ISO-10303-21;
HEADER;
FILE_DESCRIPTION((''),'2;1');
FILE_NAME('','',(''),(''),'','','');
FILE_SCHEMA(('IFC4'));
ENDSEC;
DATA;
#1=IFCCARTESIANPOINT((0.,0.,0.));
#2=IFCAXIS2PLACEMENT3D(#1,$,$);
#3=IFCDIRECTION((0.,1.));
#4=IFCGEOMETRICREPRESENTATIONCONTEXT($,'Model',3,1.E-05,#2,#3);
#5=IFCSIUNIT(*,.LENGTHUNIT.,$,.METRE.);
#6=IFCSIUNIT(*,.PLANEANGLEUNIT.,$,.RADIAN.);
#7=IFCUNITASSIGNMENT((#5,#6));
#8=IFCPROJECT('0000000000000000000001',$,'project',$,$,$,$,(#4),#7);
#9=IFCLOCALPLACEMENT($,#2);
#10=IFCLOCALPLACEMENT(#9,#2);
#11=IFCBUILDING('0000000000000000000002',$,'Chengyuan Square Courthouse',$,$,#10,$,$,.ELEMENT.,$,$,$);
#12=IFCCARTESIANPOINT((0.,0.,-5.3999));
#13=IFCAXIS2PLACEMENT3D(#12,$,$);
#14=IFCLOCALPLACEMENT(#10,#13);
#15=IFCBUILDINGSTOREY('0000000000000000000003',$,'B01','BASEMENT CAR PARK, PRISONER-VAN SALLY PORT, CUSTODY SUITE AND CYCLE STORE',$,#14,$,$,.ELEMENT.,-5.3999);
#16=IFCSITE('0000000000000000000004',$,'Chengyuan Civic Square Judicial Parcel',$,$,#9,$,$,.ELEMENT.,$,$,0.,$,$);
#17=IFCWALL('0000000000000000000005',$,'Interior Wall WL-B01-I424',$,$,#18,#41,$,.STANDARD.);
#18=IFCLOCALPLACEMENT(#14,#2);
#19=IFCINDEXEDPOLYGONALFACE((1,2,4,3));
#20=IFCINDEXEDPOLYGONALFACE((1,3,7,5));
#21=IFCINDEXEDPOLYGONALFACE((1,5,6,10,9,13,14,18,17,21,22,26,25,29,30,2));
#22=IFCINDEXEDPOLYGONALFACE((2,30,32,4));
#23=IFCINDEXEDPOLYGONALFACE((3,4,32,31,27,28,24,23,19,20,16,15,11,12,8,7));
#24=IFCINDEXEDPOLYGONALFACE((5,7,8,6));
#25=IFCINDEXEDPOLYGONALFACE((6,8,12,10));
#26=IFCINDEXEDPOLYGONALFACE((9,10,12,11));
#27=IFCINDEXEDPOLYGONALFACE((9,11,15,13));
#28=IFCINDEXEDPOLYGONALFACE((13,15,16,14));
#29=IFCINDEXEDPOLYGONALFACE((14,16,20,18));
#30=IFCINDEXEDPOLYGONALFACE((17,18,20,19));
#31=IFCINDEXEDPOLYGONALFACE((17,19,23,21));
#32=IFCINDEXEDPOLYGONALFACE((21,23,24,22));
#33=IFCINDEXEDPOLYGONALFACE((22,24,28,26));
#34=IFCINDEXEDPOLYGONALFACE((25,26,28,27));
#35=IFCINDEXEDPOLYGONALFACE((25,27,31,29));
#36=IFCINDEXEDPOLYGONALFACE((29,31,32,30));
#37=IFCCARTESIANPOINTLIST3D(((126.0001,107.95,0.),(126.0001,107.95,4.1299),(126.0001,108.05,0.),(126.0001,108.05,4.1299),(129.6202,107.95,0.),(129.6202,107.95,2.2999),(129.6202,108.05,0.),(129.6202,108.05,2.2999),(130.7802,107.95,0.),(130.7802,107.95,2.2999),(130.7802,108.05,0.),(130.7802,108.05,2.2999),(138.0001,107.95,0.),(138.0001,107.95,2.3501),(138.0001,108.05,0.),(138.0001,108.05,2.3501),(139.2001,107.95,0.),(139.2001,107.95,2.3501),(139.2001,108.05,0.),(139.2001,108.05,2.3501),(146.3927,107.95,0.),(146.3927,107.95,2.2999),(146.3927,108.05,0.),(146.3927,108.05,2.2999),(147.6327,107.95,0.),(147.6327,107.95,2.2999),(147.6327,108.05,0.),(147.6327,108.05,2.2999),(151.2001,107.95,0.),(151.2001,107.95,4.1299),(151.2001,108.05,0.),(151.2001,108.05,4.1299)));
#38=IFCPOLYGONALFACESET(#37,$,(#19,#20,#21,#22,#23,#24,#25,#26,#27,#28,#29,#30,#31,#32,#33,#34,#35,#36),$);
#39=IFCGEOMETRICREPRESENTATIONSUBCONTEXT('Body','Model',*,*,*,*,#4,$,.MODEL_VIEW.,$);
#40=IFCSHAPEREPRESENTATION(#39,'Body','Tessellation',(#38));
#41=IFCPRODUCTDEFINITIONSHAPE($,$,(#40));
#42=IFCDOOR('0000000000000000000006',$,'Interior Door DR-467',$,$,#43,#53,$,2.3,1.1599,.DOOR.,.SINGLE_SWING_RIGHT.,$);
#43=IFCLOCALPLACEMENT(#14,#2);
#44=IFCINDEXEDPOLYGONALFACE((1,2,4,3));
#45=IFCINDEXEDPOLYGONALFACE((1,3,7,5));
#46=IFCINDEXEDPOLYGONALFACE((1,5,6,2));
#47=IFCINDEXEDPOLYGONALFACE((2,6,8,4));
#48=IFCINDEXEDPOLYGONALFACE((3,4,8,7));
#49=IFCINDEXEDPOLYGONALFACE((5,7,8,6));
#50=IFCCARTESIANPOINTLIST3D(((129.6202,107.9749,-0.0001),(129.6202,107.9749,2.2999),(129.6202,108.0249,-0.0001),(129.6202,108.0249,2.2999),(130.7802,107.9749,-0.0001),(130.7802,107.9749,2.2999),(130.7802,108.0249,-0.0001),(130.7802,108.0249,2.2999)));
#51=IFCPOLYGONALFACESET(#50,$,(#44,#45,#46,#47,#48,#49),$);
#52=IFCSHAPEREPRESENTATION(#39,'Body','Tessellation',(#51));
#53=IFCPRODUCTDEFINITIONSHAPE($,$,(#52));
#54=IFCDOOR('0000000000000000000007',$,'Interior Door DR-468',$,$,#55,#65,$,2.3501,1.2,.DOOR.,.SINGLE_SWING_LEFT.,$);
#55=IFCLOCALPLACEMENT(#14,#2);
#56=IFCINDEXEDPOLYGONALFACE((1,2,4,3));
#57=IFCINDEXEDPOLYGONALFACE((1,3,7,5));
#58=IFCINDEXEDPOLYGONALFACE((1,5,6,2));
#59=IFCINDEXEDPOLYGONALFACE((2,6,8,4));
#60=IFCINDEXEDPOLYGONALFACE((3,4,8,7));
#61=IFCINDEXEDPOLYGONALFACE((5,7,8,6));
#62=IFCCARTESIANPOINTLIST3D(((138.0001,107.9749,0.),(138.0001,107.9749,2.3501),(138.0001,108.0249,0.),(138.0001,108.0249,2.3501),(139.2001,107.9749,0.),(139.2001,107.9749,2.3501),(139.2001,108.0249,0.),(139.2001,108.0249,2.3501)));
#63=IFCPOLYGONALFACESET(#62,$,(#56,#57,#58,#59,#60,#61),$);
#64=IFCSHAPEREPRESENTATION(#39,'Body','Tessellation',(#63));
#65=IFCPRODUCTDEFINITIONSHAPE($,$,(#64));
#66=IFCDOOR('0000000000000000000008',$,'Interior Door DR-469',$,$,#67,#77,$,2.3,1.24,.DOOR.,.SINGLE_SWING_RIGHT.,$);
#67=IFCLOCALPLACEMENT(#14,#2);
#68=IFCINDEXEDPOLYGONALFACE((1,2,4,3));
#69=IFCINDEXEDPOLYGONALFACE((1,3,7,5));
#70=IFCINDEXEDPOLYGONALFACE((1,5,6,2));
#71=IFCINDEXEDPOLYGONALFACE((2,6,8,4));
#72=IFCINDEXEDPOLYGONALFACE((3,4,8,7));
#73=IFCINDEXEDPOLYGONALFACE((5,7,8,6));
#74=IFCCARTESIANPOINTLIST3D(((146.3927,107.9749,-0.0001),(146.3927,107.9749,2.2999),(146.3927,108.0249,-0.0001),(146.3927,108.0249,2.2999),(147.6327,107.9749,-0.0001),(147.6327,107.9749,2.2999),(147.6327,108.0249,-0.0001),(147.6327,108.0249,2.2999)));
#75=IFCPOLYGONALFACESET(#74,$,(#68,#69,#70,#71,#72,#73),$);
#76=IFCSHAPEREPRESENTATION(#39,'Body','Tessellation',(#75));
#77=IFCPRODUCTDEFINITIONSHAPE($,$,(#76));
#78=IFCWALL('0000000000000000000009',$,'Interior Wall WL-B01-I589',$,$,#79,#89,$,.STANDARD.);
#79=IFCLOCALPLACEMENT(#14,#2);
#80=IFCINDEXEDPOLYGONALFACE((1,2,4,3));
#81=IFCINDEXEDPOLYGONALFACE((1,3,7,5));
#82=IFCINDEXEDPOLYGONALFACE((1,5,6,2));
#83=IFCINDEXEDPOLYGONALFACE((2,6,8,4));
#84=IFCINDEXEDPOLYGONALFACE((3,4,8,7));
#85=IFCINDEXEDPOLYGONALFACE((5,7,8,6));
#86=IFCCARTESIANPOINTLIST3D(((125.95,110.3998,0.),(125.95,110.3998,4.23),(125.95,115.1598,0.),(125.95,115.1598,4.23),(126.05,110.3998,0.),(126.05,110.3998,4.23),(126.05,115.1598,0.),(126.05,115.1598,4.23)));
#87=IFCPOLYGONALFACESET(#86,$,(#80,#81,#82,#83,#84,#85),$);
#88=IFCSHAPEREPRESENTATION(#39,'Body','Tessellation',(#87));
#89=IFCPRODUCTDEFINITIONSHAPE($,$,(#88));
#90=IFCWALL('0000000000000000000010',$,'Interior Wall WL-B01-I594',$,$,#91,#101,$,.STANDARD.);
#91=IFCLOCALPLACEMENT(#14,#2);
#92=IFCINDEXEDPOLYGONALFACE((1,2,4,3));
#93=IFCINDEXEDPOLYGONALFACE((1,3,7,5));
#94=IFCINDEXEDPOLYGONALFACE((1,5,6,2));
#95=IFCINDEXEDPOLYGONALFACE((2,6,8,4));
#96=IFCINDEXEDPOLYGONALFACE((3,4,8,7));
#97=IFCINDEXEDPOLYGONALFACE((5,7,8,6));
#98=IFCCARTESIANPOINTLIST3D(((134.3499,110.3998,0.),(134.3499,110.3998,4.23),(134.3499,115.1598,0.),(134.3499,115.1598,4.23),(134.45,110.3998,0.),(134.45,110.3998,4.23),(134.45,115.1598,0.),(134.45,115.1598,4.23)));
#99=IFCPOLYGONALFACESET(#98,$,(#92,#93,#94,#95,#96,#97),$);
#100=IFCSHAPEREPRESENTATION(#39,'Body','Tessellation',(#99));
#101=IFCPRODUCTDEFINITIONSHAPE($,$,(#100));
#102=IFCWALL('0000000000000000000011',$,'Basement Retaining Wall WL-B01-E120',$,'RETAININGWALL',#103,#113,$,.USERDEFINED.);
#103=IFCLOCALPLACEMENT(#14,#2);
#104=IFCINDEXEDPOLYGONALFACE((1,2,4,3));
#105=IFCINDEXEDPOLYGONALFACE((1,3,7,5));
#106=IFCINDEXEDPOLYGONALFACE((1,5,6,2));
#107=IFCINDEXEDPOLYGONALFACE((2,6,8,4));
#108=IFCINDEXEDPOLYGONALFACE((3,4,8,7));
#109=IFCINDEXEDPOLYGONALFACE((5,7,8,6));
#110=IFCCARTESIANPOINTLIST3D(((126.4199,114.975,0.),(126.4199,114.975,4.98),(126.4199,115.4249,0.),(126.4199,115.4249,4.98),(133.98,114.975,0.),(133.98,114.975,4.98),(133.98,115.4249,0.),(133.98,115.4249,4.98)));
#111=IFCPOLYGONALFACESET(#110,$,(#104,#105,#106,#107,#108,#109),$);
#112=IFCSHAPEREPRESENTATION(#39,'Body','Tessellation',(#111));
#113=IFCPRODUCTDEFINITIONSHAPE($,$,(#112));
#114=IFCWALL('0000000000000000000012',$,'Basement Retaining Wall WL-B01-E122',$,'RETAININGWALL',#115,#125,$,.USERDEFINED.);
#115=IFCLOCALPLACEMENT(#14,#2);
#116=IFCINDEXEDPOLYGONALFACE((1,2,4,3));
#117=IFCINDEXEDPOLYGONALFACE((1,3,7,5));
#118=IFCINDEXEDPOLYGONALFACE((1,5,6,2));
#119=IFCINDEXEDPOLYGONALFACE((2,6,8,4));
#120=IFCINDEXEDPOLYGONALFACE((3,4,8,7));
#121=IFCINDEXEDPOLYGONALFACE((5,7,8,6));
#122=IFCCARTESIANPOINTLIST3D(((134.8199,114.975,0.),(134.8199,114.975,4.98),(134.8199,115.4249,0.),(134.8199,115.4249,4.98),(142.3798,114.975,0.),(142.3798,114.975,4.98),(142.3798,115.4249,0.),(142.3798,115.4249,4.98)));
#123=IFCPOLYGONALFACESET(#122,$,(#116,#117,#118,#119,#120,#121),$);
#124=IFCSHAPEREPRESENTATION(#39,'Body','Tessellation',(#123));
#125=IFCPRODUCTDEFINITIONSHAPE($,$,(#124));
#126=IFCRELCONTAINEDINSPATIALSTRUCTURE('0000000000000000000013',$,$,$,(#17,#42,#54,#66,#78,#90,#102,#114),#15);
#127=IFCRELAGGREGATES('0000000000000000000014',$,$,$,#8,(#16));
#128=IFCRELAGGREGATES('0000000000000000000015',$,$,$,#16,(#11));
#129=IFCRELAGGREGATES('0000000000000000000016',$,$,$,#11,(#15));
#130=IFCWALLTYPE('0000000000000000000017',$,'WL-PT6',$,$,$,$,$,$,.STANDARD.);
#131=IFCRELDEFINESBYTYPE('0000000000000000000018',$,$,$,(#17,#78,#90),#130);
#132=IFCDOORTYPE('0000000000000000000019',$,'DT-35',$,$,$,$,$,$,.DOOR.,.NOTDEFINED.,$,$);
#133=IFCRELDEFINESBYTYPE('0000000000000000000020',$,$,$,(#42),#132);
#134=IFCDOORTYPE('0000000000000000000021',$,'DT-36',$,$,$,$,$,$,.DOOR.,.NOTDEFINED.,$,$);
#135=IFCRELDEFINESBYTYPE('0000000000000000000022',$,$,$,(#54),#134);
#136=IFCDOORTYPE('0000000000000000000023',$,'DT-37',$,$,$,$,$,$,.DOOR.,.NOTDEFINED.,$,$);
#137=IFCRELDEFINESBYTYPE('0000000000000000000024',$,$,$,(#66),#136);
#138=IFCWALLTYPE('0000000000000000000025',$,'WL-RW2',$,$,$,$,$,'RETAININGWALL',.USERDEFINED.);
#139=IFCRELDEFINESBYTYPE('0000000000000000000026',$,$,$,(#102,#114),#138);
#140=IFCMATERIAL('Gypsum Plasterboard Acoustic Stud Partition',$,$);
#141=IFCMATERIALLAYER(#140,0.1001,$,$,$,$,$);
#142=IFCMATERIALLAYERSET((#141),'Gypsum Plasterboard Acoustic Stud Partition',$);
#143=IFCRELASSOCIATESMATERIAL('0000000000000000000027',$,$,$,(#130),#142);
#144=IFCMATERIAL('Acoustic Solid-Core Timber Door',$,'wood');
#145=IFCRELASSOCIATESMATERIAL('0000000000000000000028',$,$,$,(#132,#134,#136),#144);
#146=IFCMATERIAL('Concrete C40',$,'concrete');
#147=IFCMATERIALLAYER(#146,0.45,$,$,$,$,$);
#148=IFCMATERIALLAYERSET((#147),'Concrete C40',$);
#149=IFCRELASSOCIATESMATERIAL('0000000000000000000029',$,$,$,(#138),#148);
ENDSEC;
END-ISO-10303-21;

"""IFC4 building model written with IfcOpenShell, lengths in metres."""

from ifc_helpers import new_model, si_unit, direction, frame, frame_2d, origin, place, context, subcontext, project, spatial, rectangle, extrude, material, layer, layer_set, type_object, element, fill, save


model = new_model("IFC4")

# Units and contexts
model_context = context("Model", 3, precision=1e-05, world=origin(), true_north=direction((0.0, 1.0)))
body_context = subcontext(model_context, "Body", "Model", "MODEL_VIEW")
ifc_project = project(units=[si_unit("LENGTHUNIT", "METRE"), si_unit("PLANEANGLEUNIT", "RADIAN")], contexts=[model_context])

# Site, building, storey
site_placement = place(None, origin())
site = spatial("IfcSite", under=ifc_project, at=site_placement, Name="Chengyuan Civic Square Judicial Parcel", CompositionType="ELEMENT", RefElevation=0.0)
building_placement = place(site_placement, origin())
building = spatial("IfcBuilding", under=site, at=building_placement, Name="Chengyuan Square Courthouse", CompositionType="ELEMENT")
storey_placement = place(building_placement, frame((0.0, 0.0, -5.3999)))
storey = spatial("IfcBuildingStorey", under=building, at=storey_placement, Name="B01", Description="BASEMENT CAR PARK, PRISONER-VAN SALLY PORT, CUSTODY SUITE AND CYCLE STORE", CompositionType="ELEMENT", Elevation=-5.3999)

# Shared definitions
ifc_material_1 = material(Name="Concrete C40", Category="concrete")

# Wall, openings, doors
ifc_material_2 = material(Name="Gypsum Plasterboard Acoustic Stud Partition")
ifc_layer_1 = layer(ifc_material_2, 0.1001)
ifc_layer_set_1 = layer_set([ifc_layer_1], Name="Gypsum Plasterboard Acoustic Stud Partition")
wall_type_1 = type_object("IfcWallType", Name="WL-PT6", PredefinedType="STANDARD", material=ifc_layer_set_1)
wall_1_placement = place(storey_placement, frame((126.0, 108.0, 0.0), z_axis=(0.0, 0.0, 1.0), x_axis=(1.0, 0.0, 0.0)))
wall_1 = element("IfcWall", 1, at=wall_1_placement, inside=storey, type_object=wall_type_1, Name="Interior Wall WL-B01-I424", PredefinedType="STANDARD", context=body_context, shape_type="SweptSolid", body=[
    extrude(rectangle(XDim=25.2, YDim=0.1001, at=frame_2d((12.6001, 0.0))), origin(), (0.0, 0.0, 1.0), 4.1299),
])
opening_1_placement = place(wall_1_placement, frame((3.6201, 0.0, 0.0)))
opening_1 = element("IfcOpeningElement", 2, at=opening_1_placement, cuts=wall_1, PredefinedType="OPENING", context=body_context, shape_type="SweptSolid", body=[
    extrude(rectangle(XDim=1.1599, YDim=2.3, at=frame_2d((0.5801, 1.1499))), frame((0.0, 0.062, 0.0), z_axis=(0.0, -1.0, 0.0), x_axis=(1.0, 0.0, 0.0)), (0.0, 0.0, 1.0), 0.124),
])
opening_2_placement = place(wall_1_placement, frame((12.0, 0.0, 0.0)))
opening_2 = element("IfcOpeningElement", 3, at=opening_2_placement, cuts=wall_1, PredefinedType="OPENING", context=body_context, shape_type="SweptSolid", body=[
    extrude(rectangle(XDim=1.2, YDim=2.3501, at=frame_2d((0.6001, 1.175))), frame((0.0, 0.062, 0.0), z_axis=(0.0, -1.0, 0.0), x_axis=(1.0, 0.0, 0.0)), (0.0, 0.0, 1.0), 0.124),
])
opening_3_placement = place(wall_1_placement, frame((20.3926, 0.0, 0.0)))
opening_3 = element("IfcOpeningElement", 4, at=opening_3_placement, cuts=wall_1, PredefinedType="OPENING", context=body_context, shape_type="SweptSolid", body=[
    extrude(rectangle(XDim=1.24, YDim=2.3, at=frame_2d((0.6201, 1.1499))), frame((0.0, 0.062, 0.0), z_axis=(0.0, -1.0, 0.0), x_axis=(1.0, 0.0, 0.0)), (0.0, 0.0, 1.0), 0.124),
])
ifc_material_3 = material(Name="Acoustic Solid-Core Timber Door", Category="wood")
door_type_1 = type_object("IfcDoorType", Name="DT-35", OperationType="NOTDEFINED", PredefinedType="DOOR", material=ifc_material_3)
door_1_placement = place(opening_1_placement, origin())
door_1 = element("IfcDoor", 5, at=door_1_placement, inside=storey, type_object=door_type_1, Name="Interior Door DR-467", OperationType="SINGLE_SWING_RIGHT", OverallHeight=2.3, OverallWidth=1.1599, PredefinedType="DOOR", context=body_context, shape_type="SweptSolid", body=[
    extrude(rectangle(XDim=1.1599, YDim=2.3, at=frame_2d((0.5801, 1.1499))), frame((0.0, 0.0249, 0.0), z_axis=(0.0, -1.0, 0.0), x_axis=(1.0, 0.0, 0.0)), (0.0, 0.0, 1.0), 0.05),
])
fill(opening_1, door_1)
door_type_2 = type_object("IfcDoorType", Name="DT-36", OperationType="NOTDEFINED", PredefinedType="DOOR", material=ifc_material_3)
door_2_placement = place(opening_2_placement, origin())
door_2 = element("IfcDoor", 6, at=door_2_placement, inside=storey, type_object=door_type_2, Name="Interior Door DR-468", OperationType="SINGLE_SWING_LEFT", OverallHeight=2.3501, OverallWidth=1.2, PredefinedType="DOOR", context=body_context, shape_type="SweptSolid", body=[
    extrude(rectangle(XDim=1.2, YDim=2.3501, at=frame_2d((0.6001, 1.175))), frame((0.0, 0.0249, 0.0), z_axis=(0.0, -1.0, 0.0), x_axis=(1.0, 0.0, 0.0)), (0.0, 0.0, 1.0), 0.05),
])
fill(opening_2, door_2)
door_type_3 = type_object("IfcDoorType", Name="DT-37", OperationType="NOTDEFINED", PredefinedType="DOOR", material=ifc_material_3)
door_3_placement = place(opening_3_placement, origin())
door_3 = element("IfcDoor", 7, at=door_3_placement, inside=storey, type_object=door_type_3, Name="Interior Door DR-469", OperationType="SINGLE_SWING_RIGHT", OverallHeight=2.3, OverallWidth=1.24, PredefinedType="DOOR", context=body_context, shape_type="SweptSolid", body=[
    extrude(rectangle(XDim=1.24, YDim=2.3, at=frame_2d((0.6201, 1.1499))), frame((0.0, 0.0249, 0.0), z_axis=(0.0, -1.0, 0.0), x_axis=(1.0, 0.0, 0.0)), (0.0, 0.0, 1.0), 0.05),
])
fill(opening_3, door_3)

# Walls
for number, where, z_axis, x_axis, name in (
    (8, (126.0, 110.3999, 0.0), (0.0, 0.0, 1.0), (0.0, 1.0, 0.0), "Interior Wall WL-B01-I589"),
    (9, (134.3999, 110.3999, 0.0), (0.0, 0.0, 1.0), (0.0, 1.0, 0.0), "Interior Wall WL-B01-I594"),
):
    element("IfcWall", number, at=place(storey_placement, frame(where, z_axis=z_axis, x_axis=x_axis)), inside=storey, type_object=wall_type_1, Name=name, PredefinedType="STANDARD", context=body_context, shape_type="SweptSolid", body=[
        extrude(rectangle(XDim=4.76, YDim=0.1001, at=frame_2d((2.3799, 0.0))), origin(), (0.0, 0.0, 1.0), 4.23),
    ])
ifc_layer_2 = layer(ifc_material_1, 0.45)
ifc_layer_set_2 = layer_set([ifc_layer_2], Name="Concrete C40")
wall_type_2 = type_object("IfcWallType", Name="WL-RW2", ElementType="RETAININGWALL", PredefinedType="USERDEFINED", material=ifc_layer_set_2)
wall_2_placement = place(storey_placement, frame((126.4199, 115.2, 0.0), z_axis=(0.0, 0.0, 1.0), x_axis=(1.0, 0.0, 0.0)))
element("IfcWall", 10, at=wall_2_placement, inside=storey, type_object=wall_type_2, Name="Basement Retaining Wall WL-B01-E120", ObjectType="RETAININGWALL", PredefinedType="USERDEFINED", context=body_context, shape_type="SweptSolid", body=[
    extrude(rectangle(XDim=7.5601, YDim=0.45, at=frame_2d((3.78, 0.0))), origin(), (0.0, 0.0, 1.0), 4.98),
])
wall_3_placement = place(storey_placement, frame((134.8201, 115.2, 0.0), z_axis=(0.0, 0.0, 1.0), x_axis=(1.0, 0.0, 0.0)))
element("IfcWall", 11, at=wall_3_placement, inside=storey, type_object=wall_type_2, Name="Basement Retaining Wall WL-B01-E122", ObjectType="RETAININGWALL", PredefinedType="USERDEFINED", context=body_context, shape_type="SweptSolid", body=[
    extrude(rectangle(XDim=7.5598, YDim=0.45, at=frame_2d((3.7798, 0.0))), origin(), (0.0, 0.0, 1.0), 4.98),
])

save(model, "model.ifc")
